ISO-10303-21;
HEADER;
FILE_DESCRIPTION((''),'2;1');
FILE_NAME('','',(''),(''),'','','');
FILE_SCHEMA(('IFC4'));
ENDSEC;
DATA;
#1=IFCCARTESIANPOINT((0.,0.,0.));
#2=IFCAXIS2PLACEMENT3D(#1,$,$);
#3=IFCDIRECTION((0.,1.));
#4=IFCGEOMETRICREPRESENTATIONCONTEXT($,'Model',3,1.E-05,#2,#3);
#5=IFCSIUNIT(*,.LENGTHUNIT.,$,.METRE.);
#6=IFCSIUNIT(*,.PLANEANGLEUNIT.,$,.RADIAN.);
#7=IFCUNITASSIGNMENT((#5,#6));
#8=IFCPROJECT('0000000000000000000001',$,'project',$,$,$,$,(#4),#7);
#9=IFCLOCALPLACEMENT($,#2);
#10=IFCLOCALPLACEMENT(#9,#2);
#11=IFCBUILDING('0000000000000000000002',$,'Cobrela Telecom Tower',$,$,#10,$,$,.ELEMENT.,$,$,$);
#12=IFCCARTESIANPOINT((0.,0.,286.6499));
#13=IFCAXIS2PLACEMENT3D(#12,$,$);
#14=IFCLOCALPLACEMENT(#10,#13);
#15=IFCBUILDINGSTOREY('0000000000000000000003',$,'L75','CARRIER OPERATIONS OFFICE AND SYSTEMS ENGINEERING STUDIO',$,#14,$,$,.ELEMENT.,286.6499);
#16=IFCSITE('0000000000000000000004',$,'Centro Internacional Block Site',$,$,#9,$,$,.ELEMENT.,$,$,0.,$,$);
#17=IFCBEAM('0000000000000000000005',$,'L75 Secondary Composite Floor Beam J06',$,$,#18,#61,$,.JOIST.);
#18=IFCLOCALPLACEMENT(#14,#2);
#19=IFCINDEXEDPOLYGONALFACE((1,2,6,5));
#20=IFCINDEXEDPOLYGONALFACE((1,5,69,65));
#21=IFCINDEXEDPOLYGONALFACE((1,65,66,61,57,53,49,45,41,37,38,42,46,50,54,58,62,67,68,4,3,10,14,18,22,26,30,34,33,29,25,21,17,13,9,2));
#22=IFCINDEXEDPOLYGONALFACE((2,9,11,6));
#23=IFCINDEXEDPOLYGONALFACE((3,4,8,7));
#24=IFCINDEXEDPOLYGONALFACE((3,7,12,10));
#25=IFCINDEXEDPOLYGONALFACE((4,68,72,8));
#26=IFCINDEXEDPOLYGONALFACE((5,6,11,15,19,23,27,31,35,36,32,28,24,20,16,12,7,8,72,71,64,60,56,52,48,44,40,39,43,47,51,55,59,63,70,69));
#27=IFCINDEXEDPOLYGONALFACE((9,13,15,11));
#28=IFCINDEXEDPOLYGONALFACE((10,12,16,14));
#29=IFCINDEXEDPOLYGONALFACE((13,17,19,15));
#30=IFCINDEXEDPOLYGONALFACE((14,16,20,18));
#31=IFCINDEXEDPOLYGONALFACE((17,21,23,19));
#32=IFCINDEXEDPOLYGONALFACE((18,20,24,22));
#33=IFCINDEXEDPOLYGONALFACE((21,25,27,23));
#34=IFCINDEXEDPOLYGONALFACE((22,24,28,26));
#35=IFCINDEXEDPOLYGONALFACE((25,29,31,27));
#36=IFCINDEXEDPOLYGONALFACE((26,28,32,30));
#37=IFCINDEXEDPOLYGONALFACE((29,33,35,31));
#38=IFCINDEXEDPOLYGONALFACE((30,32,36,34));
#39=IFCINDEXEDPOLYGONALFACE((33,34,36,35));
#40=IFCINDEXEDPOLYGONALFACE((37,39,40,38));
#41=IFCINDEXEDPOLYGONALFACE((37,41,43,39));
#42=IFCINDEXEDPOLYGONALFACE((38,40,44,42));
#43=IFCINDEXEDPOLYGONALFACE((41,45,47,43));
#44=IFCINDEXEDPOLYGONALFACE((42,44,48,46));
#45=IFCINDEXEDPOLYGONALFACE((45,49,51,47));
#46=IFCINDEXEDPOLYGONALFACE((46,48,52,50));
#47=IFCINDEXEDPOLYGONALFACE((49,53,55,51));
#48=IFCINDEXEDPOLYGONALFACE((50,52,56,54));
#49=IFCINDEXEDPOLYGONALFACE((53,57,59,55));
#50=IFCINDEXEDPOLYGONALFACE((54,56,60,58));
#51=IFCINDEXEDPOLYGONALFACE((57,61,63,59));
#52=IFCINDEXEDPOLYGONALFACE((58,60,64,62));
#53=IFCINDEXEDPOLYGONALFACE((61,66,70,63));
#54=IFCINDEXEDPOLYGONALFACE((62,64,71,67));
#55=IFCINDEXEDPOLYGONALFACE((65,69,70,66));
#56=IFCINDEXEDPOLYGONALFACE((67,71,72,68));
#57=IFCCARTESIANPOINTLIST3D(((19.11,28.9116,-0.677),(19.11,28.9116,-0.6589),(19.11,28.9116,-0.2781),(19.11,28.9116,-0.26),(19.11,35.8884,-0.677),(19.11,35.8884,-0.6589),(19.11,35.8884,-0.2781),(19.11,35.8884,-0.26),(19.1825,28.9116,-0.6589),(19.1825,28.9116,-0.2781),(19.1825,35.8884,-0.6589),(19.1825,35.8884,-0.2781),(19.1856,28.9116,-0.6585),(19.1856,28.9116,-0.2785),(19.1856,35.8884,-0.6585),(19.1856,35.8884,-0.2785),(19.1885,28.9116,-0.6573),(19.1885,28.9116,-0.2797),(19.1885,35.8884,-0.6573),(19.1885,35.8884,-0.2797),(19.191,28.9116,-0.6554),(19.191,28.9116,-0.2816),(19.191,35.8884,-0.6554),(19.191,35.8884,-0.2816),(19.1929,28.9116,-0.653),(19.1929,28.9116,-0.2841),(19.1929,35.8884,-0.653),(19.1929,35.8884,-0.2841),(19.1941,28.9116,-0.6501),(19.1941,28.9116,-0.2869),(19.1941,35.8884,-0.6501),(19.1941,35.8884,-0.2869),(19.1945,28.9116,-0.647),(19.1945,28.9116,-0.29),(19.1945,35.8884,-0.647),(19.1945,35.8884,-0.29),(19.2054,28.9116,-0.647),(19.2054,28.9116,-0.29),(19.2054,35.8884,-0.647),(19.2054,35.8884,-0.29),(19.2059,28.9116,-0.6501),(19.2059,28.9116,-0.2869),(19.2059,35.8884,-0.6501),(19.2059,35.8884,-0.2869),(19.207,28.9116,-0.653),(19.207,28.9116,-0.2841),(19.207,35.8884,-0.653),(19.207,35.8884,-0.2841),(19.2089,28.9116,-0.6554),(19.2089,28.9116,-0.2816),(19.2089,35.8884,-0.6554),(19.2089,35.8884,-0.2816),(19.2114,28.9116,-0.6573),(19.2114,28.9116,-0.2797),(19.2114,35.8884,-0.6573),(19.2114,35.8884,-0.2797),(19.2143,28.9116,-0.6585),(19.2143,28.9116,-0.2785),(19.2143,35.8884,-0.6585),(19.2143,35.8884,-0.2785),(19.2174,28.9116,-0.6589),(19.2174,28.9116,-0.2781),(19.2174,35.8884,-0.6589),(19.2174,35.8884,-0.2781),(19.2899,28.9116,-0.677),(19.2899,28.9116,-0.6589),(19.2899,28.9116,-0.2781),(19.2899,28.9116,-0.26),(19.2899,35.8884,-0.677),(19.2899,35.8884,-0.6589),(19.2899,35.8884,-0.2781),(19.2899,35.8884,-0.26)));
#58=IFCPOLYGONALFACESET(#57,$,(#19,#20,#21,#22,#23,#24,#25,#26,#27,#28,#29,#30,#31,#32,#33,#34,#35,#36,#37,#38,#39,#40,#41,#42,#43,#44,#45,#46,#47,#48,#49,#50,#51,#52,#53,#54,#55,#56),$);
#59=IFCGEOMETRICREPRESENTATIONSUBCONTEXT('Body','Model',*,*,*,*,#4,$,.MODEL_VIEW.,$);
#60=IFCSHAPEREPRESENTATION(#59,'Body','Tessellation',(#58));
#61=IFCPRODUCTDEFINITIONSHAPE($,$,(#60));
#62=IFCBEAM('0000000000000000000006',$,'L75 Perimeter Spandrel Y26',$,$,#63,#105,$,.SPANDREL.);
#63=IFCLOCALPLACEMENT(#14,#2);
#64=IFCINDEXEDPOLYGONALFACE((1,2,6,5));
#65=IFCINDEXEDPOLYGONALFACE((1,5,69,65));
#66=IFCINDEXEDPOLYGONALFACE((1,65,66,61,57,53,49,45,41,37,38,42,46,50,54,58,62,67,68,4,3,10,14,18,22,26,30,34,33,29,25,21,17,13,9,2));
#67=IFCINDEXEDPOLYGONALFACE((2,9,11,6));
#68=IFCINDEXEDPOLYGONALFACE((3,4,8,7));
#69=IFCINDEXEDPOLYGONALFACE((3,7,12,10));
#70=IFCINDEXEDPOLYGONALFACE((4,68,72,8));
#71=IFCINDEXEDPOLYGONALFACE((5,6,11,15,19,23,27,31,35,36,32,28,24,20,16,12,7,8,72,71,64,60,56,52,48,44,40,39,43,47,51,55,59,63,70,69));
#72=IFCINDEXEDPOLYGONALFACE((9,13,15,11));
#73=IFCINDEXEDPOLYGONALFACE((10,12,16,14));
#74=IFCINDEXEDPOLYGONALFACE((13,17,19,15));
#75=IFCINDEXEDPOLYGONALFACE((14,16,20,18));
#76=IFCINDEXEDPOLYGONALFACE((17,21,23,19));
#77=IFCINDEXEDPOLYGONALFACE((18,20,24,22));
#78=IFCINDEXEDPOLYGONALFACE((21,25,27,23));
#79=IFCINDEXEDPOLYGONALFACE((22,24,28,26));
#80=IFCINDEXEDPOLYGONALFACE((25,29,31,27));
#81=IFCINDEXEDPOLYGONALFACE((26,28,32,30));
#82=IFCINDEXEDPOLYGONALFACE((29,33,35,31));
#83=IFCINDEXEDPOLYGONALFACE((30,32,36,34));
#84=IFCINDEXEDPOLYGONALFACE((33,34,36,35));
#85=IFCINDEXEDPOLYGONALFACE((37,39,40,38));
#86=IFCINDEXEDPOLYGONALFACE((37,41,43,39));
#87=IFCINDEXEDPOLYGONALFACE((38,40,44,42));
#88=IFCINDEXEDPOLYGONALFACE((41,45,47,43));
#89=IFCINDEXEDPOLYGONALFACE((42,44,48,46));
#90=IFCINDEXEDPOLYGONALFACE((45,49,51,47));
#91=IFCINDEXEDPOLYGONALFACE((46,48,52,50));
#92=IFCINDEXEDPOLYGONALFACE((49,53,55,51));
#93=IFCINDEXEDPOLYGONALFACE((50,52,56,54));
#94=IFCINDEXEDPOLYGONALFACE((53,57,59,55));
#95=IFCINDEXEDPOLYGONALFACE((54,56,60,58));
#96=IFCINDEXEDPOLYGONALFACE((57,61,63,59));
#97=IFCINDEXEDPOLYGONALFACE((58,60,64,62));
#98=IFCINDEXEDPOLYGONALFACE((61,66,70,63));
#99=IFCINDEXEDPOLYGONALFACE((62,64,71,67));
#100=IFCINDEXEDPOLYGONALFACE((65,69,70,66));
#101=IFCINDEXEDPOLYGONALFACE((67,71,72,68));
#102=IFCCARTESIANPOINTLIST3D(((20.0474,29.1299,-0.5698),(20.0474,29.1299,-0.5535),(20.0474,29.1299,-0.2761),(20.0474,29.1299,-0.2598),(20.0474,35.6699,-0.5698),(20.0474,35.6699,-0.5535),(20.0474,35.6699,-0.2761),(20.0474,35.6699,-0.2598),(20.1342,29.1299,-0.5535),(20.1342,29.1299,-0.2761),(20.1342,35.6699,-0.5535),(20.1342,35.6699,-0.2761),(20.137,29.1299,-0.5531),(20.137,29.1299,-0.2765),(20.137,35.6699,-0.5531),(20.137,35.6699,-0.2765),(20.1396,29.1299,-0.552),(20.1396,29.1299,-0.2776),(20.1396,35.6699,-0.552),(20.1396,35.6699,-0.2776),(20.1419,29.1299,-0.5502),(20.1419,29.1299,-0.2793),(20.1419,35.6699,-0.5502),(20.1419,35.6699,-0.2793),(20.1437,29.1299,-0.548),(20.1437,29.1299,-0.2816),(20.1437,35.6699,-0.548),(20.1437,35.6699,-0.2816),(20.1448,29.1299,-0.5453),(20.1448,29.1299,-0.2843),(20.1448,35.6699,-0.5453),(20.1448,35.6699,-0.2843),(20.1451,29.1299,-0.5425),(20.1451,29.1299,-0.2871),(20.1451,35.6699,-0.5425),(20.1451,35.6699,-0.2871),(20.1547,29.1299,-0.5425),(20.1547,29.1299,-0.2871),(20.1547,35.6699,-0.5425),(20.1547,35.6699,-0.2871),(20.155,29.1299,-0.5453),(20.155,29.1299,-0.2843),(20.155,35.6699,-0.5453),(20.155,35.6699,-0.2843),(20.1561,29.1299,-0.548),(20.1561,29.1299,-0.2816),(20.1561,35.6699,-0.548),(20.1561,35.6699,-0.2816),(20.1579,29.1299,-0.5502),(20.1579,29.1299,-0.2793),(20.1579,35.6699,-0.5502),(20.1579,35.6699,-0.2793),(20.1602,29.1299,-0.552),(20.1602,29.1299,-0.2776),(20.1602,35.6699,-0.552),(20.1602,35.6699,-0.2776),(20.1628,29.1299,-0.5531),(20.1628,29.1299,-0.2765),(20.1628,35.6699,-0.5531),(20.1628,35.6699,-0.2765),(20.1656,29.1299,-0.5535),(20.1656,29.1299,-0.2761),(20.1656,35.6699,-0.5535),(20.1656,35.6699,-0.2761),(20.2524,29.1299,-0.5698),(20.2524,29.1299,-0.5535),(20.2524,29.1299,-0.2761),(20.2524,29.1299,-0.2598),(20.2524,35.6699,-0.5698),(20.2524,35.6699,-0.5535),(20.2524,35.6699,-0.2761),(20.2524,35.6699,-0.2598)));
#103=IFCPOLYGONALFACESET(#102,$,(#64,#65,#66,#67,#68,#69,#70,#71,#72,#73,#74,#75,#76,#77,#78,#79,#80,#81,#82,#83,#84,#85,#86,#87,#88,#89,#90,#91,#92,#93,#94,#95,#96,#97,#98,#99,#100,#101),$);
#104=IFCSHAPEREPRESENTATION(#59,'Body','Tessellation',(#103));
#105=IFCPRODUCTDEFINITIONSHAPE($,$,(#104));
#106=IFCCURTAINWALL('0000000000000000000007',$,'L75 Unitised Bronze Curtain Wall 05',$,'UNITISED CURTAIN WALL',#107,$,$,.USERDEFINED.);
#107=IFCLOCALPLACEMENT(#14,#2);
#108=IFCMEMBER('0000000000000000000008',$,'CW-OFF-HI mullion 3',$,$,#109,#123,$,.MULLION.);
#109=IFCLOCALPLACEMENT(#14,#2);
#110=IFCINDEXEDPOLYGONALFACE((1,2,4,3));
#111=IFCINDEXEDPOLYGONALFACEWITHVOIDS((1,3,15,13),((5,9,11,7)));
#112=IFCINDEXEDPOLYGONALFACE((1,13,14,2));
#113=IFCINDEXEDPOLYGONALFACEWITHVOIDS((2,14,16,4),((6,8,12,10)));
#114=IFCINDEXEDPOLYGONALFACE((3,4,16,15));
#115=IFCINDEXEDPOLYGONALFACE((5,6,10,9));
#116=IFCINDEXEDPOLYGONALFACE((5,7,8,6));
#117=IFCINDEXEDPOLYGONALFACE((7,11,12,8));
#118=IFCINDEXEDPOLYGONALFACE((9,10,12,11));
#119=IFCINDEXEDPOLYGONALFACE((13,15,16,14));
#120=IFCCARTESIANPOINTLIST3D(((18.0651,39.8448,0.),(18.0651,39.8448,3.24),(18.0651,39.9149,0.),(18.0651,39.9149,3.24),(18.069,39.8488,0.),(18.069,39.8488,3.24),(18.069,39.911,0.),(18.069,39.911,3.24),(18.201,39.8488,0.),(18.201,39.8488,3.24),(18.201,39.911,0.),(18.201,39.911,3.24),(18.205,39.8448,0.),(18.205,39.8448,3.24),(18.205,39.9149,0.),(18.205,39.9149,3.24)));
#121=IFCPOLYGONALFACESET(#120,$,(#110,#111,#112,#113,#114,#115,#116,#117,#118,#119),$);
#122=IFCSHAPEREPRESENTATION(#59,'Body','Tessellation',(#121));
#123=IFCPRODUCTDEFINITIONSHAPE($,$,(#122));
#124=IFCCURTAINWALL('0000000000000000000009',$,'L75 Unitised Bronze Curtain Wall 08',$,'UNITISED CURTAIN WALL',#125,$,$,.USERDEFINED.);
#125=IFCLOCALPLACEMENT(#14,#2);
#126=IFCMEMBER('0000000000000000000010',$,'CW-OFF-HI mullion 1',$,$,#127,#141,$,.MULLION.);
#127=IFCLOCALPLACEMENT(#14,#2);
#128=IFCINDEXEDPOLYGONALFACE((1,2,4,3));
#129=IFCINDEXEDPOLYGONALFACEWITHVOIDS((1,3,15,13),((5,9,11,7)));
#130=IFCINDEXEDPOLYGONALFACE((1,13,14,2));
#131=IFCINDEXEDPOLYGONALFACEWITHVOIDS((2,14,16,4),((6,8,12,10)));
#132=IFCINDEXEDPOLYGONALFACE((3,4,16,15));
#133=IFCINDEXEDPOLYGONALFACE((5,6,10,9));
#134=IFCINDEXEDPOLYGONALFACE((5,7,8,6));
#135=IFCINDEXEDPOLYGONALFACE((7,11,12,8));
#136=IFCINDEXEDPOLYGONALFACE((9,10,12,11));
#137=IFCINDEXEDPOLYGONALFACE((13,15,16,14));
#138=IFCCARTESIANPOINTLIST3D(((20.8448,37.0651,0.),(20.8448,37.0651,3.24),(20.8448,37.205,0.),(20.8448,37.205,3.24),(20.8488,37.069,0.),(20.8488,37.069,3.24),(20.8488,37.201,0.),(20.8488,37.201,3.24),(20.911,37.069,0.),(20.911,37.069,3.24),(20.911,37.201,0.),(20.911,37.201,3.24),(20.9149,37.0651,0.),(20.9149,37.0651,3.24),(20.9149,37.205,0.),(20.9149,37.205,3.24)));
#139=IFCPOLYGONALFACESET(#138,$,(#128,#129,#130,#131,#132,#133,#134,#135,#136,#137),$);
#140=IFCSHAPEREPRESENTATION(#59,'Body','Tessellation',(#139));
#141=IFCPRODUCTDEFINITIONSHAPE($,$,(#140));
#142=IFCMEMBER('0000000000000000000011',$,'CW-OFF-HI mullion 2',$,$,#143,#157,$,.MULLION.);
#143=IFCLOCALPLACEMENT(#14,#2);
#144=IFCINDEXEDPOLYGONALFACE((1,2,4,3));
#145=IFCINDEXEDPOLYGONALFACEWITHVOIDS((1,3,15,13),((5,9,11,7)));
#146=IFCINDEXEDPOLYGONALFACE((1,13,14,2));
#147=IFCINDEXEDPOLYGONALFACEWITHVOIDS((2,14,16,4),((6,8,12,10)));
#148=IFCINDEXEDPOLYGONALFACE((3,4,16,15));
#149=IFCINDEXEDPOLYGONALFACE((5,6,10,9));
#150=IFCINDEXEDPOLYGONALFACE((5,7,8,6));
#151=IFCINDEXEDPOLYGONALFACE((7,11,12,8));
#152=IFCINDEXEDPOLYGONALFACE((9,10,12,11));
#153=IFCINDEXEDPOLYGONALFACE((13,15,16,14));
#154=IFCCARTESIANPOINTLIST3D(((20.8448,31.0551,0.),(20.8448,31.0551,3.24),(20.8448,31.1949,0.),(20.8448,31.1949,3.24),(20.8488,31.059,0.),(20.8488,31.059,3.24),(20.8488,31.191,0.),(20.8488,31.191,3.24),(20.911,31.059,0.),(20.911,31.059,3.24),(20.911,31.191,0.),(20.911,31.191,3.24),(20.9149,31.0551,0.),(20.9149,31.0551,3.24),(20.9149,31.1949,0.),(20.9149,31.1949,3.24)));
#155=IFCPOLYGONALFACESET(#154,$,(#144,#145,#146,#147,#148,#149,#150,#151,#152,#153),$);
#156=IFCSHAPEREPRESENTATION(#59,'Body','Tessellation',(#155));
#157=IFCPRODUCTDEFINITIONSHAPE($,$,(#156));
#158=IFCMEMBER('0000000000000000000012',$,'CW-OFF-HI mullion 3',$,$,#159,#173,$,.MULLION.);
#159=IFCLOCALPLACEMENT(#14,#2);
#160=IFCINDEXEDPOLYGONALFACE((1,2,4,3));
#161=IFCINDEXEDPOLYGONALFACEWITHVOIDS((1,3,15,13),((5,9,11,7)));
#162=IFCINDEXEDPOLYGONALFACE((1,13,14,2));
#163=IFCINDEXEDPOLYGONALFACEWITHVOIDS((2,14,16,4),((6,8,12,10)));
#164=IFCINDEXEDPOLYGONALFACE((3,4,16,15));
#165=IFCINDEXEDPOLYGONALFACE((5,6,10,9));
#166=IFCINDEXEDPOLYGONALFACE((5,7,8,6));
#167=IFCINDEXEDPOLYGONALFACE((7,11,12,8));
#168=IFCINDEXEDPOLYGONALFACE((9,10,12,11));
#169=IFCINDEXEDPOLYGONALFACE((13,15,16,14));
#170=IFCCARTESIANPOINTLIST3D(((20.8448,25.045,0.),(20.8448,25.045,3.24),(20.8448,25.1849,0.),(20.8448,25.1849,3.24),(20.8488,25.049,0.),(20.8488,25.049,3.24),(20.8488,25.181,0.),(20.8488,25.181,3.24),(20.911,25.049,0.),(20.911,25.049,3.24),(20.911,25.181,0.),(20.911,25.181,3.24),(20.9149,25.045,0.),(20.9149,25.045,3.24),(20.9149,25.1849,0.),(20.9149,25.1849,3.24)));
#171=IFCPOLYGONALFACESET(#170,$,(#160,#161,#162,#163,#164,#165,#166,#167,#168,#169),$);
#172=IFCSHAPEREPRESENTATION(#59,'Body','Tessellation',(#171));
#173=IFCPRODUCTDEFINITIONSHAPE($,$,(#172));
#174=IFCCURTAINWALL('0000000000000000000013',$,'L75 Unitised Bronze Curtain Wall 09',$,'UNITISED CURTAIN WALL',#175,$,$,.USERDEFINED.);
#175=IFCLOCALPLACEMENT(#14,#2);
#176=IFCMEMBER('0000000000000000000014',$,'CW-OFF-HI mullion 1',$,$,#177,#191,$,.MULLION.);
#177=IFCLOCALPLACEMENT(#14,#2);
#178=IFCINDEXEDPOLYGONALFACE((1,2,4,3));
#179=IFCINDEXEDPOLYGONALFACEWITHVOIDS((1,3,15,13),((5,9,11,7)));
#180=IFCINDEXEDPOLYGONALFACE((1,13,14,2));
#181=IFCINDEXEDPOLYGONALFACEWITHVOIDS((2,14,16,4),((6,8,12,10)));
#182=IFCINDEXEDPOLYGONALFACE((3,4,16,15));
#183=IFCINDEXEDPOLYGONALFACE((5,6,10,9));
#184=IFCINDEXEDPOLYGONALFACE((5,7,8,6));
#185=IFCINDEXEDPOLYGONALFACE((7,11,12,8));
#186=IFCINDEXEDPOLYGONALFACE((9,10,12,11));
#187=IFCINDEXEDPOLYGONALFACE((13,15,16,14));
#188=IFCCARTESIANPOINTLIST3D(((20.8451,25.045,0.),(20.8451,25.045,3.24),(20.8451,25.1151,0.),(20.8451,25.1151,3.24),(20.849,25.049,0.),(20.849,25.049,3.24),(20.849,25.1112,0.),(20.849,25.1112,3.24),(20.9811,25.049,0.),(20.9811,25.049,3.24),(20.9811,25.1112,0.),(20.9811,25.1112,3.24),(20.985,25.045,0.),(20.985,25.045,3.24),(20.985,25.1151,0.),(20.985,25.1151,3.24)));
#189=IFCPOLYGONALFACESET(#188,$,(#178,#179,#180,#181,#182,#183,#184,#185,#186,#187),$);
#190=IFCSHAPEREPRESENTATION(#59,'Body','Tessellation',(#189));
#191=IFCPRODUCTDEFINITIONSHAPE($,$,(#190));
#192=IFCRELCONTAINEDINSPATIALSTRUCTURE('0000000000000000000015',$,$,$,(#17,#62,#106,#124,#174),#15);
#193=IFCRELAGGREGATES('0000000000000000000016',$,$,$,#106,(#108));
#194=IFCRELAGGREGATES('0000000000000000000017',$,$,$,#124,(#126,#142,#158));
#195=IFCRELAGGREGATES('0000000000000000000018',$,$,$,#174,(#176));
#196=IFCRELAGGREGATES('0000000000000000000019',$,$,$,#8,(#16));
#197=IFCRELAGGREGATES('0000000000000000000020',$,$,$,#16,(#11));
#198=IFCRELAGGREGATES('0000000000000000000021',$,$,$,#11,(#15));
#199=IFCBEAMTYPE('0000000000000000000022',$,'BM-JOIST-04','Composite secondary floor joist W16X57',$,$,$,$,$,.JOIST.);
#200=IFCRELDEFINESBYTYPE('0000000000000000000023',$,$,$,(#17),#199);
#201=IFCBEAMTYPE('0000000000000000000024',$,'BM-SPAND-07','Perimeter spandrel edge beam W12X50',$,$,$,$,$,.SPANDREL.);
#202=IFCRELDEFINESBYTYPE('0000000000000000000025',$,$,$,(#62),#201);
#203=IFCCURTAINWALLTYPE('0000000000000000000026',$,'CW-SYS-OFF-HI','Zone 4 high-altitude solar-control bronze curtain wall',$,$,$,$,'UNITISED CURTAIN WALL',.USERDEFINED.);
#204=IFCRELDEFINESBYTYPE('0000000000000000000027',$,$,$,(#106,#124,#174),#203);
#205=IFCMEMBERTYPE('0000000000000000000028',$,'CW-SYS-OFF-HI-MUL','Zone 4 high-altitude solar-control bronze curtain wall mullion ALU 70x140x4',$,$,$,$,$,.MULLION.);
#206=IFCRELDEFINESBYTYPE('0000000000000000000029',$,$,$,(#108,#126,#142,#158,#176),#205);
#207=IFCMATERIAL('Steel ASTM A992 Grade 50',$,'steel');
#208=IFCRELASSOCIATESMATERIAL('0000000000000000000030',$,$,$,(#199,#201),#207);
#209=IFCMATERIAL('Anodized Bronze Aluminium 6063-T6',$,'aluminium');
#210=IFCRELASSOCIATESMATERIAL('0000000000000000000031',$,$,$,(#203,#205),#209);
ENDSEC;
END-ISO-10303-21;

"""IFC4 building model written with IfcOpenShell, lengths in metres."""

from ifc_helpers import new_model, si_unit, direction, frame, origin, origin_2d, place, context, subcontext, project, spatial, hollow_rectangle, i_section, extrude, material, material_profile, profile_set, type_object, element, aggregate, save


model = new_model("IFC4")

# Units and contexts
model_context = context("Model", 3, precision=1e-05, world=origin(), true_north=direction((0.0, 1.0)))
body_context = subcontext(model_context, "Body", "Model", "MODEL_VIEW")
ifc_project = project(units=[si_unit("LENGTHUNIT", "METRE"), si_unit("PLANEANGLEUNIT", "RADIAN")], contexts=[model_context])

# Site, building, storey
site_placement = place(None, origin())
site = spatial("IfcSite", under=ifc_project, at=site_placement, Name="Centro Internacional Block Site", CompositionType="ELEMENT", RefElevation=0.0)
building_placement = place(site_placement, origin())
building = spatial("IfcBuilding", under=site, at=building_placement, Name="Cobrela Telecom Tower", CompositionType="ELEMENT")
storey_placement = place(building_placement, frame((0.0, 0.0, 286.6499)))
storey = spatial("IfcBuildingStorey", under=building, at=storey_placement, Name="L75", Description="CARRIER OPERATIONS OFFICE AND SYSTEMS ENGINEERING STUDIO", CompositionType="ELEMENT", Elevation=286.6499)

# Shared definitions
ifc_material_1 = material(Name="Steel ASTM A992 Grade 50", Category="steel")

# Beams
ifc_material_profile_1 = material_profile(ifc_material_1, i_section(OverallWidth=0.1799, OverallDepth=0.417, WebThickness=0.011, FlangeThickness=0.0181, FilletRadius=0.012, at=origin_2d()), Name="W16X57")
ifc_profile_set_1 = profile_set([ifc_material_profile_1], Name="Steel ASTM A992 Grade 50")
beam_type_1 = type_object("IfcBeamType", Name="BM-JOIST-04", Description="Composite secondary floor joist W16X57", PredefinedType="JOIST", material=ifc_profile_set_1)
beam_1_placement = place(storey_placement, frame((19.2, 28.9116, -0.4685), z_axis=(0.0, 1.0, 0.0), x_axis=(-1.0, 0.0, 0.0)))
element("IfcBeam", 1, at=beam_1_placement, inside=storey, type_object=beam_type_1, Name="L75 Secondary Composite Floor Beam J06", PredefinedType="JOIST", context=body_context, shape_type="SweptSolid", body=[
    extrude(i_section(OverallWidth=0.1799, OverallDepth=0.417, WebThickness=0.011, FlangeThickness=0.0181, FilletRadius=0.012, at=origin_2d()), origin(), (0.0, 0.0, 1.0), 6.9768),
])
ifc_material_profile_2 = material_profile(ifc_material_1, i_section(OverallWidth=0.2051, OverallDepth=0.3101, WebThickness=0.0095, FlangeThickness=0.0164, FilletRadius=0.011, at=origin_2d()), Name="W12X50")
ifc_profile_set_2 = profile_set([ifc_material_profile_2], Name="Steel ASTM A992 Grade 50")
beam_type_2 = type_object("IfcBeamType", Name="BM-SPAND-07", Description="Perimeter spandrel edge beam W12X50", PredefinedType="SPANDREL", material=ifc_profile_set_2)
beam_2_placement = place(storey_placement, frame((20.1499, 29.1299, -0.4148), z_axis=(0.0, 1.0, 0.0), x_axis=(-1.0, 0.0, 0.0)))
element("IfcBeam", 2, at=beam_2_placement, inside=storey, type_object=beam_type_2, Name="L75 Perimeter Spandrel Y26", PredefinedType="SPANDREL", context=body_context, shape_type="SweptSolid", body=[
    extrude(i_section(OverallWidth=0.2051, OverallDepth=0.3101, WebThickness=0.0095, FlangeThickness=0.0164, FilletRadius=0.011, at=origin_2d()), origin(), (0.0, 0.0, 1.0), 6.54),
])

# Curtain wall, member
ifc_material_2 = material(Name="Anodized Bronze Aluminium 6063-T6", Category="aluminium")
curtain_wall_type = type_object("IfcCurtainWallType", Name="CW-SYS-OFF-HI", Description="Zone 4 high-altitude solar-control bronze curtain wall", ElementType="UNITISED CURTAIN WALL", PredefinedType="USERDEFINED", material=ifc_material_2)
curtain_wall_1_placement = place(storey_placement, origin())
curtain_wall_1 = element("IfcCurtainWall", 3, at=curtain_wall_1_placement, inside=storey, type_object=curtain_wall_type, Name="L75 Unitised Bronze Curtain Wall 05", ObjectType="UNITISED CURTAIN WALL", PredefinedType="USERDEFINED")
ifc_material_profile_3 = material_profile(ifc_material_2, hollow_rectangle(XDim=0.0701, YDim=0.1399, WallThickness=0.0039, at=origin_2d()), Name="ALU 70x140x4")
ifc_profile_set_3 = profile_set([ifc_material_profile_3], Name="Anodized Bronze Aluminium 6063-T6")
member_type_1 = type_object("IfcMemberType", Name="CW-SYS-OFF-HI-MUL", Description="Zone 4 high-altitude solar-control bronze curtain wall mullion ALU 70x140x4", PredefinedType="MULLION", material=ifc_profile_set_3)
member_1_placement = place(storey_placement, frame((18.135, 39.8799, 0.0), z_axis=(0.0, 0.0, 1.0), x_axis=(0.0, 1.0, 0.0)))
member_1 = element("IfcMember", 4, at=member_1_placement, type_object=member_type_1, Name="CW-OFF-HI mullion 3", PredefinedType="MULLION", context=body_context, shape_type="SweptSolid", body=[
    extrude(hollow_rectangle(XDim=0.0701, YDim=0.1399, WallThickness=0.0039, at=origin_2d()), origin(), (0.0, 0.0, 1.0), 3.24),
])
aggregate(curtain_wall_1, [member_1])

# Curtain wall, members
curtain_wall_2_placement = place(storey_placement, origin())
curtain_wall_2 = element("IfcCurtainWall", 5, at=curtain_wall_2_placement, inside=storey, type_object=curtain_wall_type, Name="L75 Unitised Bronze Curtain Wall 08", ObjectType="UNITISED CURTAIN WALL", PredefinedType="USERDEFINED")
member_2_placement = place(storey_placement, frame((20.8799, 37.135, 0.0), z_axis=(0.0, 0.0, 1.0), x_axis=(1.0, 0.0, 0.0)))
member_2 = element("IfcMember", 6, at=member_2_placement, type_object=member_type_1, Name="CW-OFF-HI mullion 1", PredefinedType="MULLION", context=body_context, shape_type="SweptSolid", body=[
    extrude(hollow_rectangle(XDim=0.0701, YDim=0.1399, WallThickness=0.0039, at=origin_2d()), origin(), (0.0, 0.0, 1.0), 3.24),
])
member_3_placement = place(storey_placement, frame((20.8799, 31.125, 0.0), z_axis=(0.0, 0.0, 1.0), x_axis=(1.0, 0.0, 0.0)))
member_3 = element("IfcMember", 7, at=member_3_placement, type_object=member_type_1, Name="CW-OFF-HI mullion 2", PredefinedType="MULLION", context=body_context, shape_type="SweptSolid", body=[
    extrude(hollow_rectangle(XDim=0.0701, YDim=0.1399, WallThickness=0.0039, at=origin_2d()), origin(), (0.0, 0.0, 1.0), 3.24),
])
member_4_placement = place(storey_placement, frame((20.8799, 25.115, 0.0), z_axis=(0.0, 0.0, 1.0), x_axis=(1.0, 0.0, 0.0)))
member_4 = element("IfcMember", 8, at=member_4_placement, type_object=member_type_1, Name="CW-OFF-HI mullion 3", PredefinedType="MULLION", context=body_context, shape_type="SweptSolid", body=[
    extrude(hollow_rectangle(XDim=0.0701, YDim=0.1399, WallThickness=0.0039, at=origin_2d()), origin(), (0.0, 0.0, 1.0), 3.24),
])

# Curtain wall, member
curtain_wall_3_placement = place(storey_placement, origin())
curtain_wall_3 = element("IfcCurtainWall", 9, at=curtain_wall_3_placement, inside=storey, type_object=curtain_wall_type, Name="L75 Unitised Bronze Curtain Wall 09", ObjectType="UNITISED CURTAIN WALL", PredefinedType="USERDEFINED")
member_5_placement = place(storey_placement, frame((20.915, 25.0801, 0.0), z_axis=(0.0, 0.0, 1.0), x_axis=(0.0, 1.0, 0.0)))
member_5 = element("IfcMember", 10, at=member_5_placement, type_object=member_type_1, Name="CW-OFF-HI mullion 1", PredefinedType="MULLION", context=body_context, shape_type="SweptSolid", body=[
    extrude(hollow_rectangle(XDim=0.0701, YDim=0.1399, WallThickness=0.0039, at=origin_2d()), origin(), (0.0, 0.0, 1.0), 3.24),
])

aggregate(curtain_wall_2, [member_2, member_3, member_4])
aggregate(curtain_wall_3, [member_5])

save(model, "model.ifc")
